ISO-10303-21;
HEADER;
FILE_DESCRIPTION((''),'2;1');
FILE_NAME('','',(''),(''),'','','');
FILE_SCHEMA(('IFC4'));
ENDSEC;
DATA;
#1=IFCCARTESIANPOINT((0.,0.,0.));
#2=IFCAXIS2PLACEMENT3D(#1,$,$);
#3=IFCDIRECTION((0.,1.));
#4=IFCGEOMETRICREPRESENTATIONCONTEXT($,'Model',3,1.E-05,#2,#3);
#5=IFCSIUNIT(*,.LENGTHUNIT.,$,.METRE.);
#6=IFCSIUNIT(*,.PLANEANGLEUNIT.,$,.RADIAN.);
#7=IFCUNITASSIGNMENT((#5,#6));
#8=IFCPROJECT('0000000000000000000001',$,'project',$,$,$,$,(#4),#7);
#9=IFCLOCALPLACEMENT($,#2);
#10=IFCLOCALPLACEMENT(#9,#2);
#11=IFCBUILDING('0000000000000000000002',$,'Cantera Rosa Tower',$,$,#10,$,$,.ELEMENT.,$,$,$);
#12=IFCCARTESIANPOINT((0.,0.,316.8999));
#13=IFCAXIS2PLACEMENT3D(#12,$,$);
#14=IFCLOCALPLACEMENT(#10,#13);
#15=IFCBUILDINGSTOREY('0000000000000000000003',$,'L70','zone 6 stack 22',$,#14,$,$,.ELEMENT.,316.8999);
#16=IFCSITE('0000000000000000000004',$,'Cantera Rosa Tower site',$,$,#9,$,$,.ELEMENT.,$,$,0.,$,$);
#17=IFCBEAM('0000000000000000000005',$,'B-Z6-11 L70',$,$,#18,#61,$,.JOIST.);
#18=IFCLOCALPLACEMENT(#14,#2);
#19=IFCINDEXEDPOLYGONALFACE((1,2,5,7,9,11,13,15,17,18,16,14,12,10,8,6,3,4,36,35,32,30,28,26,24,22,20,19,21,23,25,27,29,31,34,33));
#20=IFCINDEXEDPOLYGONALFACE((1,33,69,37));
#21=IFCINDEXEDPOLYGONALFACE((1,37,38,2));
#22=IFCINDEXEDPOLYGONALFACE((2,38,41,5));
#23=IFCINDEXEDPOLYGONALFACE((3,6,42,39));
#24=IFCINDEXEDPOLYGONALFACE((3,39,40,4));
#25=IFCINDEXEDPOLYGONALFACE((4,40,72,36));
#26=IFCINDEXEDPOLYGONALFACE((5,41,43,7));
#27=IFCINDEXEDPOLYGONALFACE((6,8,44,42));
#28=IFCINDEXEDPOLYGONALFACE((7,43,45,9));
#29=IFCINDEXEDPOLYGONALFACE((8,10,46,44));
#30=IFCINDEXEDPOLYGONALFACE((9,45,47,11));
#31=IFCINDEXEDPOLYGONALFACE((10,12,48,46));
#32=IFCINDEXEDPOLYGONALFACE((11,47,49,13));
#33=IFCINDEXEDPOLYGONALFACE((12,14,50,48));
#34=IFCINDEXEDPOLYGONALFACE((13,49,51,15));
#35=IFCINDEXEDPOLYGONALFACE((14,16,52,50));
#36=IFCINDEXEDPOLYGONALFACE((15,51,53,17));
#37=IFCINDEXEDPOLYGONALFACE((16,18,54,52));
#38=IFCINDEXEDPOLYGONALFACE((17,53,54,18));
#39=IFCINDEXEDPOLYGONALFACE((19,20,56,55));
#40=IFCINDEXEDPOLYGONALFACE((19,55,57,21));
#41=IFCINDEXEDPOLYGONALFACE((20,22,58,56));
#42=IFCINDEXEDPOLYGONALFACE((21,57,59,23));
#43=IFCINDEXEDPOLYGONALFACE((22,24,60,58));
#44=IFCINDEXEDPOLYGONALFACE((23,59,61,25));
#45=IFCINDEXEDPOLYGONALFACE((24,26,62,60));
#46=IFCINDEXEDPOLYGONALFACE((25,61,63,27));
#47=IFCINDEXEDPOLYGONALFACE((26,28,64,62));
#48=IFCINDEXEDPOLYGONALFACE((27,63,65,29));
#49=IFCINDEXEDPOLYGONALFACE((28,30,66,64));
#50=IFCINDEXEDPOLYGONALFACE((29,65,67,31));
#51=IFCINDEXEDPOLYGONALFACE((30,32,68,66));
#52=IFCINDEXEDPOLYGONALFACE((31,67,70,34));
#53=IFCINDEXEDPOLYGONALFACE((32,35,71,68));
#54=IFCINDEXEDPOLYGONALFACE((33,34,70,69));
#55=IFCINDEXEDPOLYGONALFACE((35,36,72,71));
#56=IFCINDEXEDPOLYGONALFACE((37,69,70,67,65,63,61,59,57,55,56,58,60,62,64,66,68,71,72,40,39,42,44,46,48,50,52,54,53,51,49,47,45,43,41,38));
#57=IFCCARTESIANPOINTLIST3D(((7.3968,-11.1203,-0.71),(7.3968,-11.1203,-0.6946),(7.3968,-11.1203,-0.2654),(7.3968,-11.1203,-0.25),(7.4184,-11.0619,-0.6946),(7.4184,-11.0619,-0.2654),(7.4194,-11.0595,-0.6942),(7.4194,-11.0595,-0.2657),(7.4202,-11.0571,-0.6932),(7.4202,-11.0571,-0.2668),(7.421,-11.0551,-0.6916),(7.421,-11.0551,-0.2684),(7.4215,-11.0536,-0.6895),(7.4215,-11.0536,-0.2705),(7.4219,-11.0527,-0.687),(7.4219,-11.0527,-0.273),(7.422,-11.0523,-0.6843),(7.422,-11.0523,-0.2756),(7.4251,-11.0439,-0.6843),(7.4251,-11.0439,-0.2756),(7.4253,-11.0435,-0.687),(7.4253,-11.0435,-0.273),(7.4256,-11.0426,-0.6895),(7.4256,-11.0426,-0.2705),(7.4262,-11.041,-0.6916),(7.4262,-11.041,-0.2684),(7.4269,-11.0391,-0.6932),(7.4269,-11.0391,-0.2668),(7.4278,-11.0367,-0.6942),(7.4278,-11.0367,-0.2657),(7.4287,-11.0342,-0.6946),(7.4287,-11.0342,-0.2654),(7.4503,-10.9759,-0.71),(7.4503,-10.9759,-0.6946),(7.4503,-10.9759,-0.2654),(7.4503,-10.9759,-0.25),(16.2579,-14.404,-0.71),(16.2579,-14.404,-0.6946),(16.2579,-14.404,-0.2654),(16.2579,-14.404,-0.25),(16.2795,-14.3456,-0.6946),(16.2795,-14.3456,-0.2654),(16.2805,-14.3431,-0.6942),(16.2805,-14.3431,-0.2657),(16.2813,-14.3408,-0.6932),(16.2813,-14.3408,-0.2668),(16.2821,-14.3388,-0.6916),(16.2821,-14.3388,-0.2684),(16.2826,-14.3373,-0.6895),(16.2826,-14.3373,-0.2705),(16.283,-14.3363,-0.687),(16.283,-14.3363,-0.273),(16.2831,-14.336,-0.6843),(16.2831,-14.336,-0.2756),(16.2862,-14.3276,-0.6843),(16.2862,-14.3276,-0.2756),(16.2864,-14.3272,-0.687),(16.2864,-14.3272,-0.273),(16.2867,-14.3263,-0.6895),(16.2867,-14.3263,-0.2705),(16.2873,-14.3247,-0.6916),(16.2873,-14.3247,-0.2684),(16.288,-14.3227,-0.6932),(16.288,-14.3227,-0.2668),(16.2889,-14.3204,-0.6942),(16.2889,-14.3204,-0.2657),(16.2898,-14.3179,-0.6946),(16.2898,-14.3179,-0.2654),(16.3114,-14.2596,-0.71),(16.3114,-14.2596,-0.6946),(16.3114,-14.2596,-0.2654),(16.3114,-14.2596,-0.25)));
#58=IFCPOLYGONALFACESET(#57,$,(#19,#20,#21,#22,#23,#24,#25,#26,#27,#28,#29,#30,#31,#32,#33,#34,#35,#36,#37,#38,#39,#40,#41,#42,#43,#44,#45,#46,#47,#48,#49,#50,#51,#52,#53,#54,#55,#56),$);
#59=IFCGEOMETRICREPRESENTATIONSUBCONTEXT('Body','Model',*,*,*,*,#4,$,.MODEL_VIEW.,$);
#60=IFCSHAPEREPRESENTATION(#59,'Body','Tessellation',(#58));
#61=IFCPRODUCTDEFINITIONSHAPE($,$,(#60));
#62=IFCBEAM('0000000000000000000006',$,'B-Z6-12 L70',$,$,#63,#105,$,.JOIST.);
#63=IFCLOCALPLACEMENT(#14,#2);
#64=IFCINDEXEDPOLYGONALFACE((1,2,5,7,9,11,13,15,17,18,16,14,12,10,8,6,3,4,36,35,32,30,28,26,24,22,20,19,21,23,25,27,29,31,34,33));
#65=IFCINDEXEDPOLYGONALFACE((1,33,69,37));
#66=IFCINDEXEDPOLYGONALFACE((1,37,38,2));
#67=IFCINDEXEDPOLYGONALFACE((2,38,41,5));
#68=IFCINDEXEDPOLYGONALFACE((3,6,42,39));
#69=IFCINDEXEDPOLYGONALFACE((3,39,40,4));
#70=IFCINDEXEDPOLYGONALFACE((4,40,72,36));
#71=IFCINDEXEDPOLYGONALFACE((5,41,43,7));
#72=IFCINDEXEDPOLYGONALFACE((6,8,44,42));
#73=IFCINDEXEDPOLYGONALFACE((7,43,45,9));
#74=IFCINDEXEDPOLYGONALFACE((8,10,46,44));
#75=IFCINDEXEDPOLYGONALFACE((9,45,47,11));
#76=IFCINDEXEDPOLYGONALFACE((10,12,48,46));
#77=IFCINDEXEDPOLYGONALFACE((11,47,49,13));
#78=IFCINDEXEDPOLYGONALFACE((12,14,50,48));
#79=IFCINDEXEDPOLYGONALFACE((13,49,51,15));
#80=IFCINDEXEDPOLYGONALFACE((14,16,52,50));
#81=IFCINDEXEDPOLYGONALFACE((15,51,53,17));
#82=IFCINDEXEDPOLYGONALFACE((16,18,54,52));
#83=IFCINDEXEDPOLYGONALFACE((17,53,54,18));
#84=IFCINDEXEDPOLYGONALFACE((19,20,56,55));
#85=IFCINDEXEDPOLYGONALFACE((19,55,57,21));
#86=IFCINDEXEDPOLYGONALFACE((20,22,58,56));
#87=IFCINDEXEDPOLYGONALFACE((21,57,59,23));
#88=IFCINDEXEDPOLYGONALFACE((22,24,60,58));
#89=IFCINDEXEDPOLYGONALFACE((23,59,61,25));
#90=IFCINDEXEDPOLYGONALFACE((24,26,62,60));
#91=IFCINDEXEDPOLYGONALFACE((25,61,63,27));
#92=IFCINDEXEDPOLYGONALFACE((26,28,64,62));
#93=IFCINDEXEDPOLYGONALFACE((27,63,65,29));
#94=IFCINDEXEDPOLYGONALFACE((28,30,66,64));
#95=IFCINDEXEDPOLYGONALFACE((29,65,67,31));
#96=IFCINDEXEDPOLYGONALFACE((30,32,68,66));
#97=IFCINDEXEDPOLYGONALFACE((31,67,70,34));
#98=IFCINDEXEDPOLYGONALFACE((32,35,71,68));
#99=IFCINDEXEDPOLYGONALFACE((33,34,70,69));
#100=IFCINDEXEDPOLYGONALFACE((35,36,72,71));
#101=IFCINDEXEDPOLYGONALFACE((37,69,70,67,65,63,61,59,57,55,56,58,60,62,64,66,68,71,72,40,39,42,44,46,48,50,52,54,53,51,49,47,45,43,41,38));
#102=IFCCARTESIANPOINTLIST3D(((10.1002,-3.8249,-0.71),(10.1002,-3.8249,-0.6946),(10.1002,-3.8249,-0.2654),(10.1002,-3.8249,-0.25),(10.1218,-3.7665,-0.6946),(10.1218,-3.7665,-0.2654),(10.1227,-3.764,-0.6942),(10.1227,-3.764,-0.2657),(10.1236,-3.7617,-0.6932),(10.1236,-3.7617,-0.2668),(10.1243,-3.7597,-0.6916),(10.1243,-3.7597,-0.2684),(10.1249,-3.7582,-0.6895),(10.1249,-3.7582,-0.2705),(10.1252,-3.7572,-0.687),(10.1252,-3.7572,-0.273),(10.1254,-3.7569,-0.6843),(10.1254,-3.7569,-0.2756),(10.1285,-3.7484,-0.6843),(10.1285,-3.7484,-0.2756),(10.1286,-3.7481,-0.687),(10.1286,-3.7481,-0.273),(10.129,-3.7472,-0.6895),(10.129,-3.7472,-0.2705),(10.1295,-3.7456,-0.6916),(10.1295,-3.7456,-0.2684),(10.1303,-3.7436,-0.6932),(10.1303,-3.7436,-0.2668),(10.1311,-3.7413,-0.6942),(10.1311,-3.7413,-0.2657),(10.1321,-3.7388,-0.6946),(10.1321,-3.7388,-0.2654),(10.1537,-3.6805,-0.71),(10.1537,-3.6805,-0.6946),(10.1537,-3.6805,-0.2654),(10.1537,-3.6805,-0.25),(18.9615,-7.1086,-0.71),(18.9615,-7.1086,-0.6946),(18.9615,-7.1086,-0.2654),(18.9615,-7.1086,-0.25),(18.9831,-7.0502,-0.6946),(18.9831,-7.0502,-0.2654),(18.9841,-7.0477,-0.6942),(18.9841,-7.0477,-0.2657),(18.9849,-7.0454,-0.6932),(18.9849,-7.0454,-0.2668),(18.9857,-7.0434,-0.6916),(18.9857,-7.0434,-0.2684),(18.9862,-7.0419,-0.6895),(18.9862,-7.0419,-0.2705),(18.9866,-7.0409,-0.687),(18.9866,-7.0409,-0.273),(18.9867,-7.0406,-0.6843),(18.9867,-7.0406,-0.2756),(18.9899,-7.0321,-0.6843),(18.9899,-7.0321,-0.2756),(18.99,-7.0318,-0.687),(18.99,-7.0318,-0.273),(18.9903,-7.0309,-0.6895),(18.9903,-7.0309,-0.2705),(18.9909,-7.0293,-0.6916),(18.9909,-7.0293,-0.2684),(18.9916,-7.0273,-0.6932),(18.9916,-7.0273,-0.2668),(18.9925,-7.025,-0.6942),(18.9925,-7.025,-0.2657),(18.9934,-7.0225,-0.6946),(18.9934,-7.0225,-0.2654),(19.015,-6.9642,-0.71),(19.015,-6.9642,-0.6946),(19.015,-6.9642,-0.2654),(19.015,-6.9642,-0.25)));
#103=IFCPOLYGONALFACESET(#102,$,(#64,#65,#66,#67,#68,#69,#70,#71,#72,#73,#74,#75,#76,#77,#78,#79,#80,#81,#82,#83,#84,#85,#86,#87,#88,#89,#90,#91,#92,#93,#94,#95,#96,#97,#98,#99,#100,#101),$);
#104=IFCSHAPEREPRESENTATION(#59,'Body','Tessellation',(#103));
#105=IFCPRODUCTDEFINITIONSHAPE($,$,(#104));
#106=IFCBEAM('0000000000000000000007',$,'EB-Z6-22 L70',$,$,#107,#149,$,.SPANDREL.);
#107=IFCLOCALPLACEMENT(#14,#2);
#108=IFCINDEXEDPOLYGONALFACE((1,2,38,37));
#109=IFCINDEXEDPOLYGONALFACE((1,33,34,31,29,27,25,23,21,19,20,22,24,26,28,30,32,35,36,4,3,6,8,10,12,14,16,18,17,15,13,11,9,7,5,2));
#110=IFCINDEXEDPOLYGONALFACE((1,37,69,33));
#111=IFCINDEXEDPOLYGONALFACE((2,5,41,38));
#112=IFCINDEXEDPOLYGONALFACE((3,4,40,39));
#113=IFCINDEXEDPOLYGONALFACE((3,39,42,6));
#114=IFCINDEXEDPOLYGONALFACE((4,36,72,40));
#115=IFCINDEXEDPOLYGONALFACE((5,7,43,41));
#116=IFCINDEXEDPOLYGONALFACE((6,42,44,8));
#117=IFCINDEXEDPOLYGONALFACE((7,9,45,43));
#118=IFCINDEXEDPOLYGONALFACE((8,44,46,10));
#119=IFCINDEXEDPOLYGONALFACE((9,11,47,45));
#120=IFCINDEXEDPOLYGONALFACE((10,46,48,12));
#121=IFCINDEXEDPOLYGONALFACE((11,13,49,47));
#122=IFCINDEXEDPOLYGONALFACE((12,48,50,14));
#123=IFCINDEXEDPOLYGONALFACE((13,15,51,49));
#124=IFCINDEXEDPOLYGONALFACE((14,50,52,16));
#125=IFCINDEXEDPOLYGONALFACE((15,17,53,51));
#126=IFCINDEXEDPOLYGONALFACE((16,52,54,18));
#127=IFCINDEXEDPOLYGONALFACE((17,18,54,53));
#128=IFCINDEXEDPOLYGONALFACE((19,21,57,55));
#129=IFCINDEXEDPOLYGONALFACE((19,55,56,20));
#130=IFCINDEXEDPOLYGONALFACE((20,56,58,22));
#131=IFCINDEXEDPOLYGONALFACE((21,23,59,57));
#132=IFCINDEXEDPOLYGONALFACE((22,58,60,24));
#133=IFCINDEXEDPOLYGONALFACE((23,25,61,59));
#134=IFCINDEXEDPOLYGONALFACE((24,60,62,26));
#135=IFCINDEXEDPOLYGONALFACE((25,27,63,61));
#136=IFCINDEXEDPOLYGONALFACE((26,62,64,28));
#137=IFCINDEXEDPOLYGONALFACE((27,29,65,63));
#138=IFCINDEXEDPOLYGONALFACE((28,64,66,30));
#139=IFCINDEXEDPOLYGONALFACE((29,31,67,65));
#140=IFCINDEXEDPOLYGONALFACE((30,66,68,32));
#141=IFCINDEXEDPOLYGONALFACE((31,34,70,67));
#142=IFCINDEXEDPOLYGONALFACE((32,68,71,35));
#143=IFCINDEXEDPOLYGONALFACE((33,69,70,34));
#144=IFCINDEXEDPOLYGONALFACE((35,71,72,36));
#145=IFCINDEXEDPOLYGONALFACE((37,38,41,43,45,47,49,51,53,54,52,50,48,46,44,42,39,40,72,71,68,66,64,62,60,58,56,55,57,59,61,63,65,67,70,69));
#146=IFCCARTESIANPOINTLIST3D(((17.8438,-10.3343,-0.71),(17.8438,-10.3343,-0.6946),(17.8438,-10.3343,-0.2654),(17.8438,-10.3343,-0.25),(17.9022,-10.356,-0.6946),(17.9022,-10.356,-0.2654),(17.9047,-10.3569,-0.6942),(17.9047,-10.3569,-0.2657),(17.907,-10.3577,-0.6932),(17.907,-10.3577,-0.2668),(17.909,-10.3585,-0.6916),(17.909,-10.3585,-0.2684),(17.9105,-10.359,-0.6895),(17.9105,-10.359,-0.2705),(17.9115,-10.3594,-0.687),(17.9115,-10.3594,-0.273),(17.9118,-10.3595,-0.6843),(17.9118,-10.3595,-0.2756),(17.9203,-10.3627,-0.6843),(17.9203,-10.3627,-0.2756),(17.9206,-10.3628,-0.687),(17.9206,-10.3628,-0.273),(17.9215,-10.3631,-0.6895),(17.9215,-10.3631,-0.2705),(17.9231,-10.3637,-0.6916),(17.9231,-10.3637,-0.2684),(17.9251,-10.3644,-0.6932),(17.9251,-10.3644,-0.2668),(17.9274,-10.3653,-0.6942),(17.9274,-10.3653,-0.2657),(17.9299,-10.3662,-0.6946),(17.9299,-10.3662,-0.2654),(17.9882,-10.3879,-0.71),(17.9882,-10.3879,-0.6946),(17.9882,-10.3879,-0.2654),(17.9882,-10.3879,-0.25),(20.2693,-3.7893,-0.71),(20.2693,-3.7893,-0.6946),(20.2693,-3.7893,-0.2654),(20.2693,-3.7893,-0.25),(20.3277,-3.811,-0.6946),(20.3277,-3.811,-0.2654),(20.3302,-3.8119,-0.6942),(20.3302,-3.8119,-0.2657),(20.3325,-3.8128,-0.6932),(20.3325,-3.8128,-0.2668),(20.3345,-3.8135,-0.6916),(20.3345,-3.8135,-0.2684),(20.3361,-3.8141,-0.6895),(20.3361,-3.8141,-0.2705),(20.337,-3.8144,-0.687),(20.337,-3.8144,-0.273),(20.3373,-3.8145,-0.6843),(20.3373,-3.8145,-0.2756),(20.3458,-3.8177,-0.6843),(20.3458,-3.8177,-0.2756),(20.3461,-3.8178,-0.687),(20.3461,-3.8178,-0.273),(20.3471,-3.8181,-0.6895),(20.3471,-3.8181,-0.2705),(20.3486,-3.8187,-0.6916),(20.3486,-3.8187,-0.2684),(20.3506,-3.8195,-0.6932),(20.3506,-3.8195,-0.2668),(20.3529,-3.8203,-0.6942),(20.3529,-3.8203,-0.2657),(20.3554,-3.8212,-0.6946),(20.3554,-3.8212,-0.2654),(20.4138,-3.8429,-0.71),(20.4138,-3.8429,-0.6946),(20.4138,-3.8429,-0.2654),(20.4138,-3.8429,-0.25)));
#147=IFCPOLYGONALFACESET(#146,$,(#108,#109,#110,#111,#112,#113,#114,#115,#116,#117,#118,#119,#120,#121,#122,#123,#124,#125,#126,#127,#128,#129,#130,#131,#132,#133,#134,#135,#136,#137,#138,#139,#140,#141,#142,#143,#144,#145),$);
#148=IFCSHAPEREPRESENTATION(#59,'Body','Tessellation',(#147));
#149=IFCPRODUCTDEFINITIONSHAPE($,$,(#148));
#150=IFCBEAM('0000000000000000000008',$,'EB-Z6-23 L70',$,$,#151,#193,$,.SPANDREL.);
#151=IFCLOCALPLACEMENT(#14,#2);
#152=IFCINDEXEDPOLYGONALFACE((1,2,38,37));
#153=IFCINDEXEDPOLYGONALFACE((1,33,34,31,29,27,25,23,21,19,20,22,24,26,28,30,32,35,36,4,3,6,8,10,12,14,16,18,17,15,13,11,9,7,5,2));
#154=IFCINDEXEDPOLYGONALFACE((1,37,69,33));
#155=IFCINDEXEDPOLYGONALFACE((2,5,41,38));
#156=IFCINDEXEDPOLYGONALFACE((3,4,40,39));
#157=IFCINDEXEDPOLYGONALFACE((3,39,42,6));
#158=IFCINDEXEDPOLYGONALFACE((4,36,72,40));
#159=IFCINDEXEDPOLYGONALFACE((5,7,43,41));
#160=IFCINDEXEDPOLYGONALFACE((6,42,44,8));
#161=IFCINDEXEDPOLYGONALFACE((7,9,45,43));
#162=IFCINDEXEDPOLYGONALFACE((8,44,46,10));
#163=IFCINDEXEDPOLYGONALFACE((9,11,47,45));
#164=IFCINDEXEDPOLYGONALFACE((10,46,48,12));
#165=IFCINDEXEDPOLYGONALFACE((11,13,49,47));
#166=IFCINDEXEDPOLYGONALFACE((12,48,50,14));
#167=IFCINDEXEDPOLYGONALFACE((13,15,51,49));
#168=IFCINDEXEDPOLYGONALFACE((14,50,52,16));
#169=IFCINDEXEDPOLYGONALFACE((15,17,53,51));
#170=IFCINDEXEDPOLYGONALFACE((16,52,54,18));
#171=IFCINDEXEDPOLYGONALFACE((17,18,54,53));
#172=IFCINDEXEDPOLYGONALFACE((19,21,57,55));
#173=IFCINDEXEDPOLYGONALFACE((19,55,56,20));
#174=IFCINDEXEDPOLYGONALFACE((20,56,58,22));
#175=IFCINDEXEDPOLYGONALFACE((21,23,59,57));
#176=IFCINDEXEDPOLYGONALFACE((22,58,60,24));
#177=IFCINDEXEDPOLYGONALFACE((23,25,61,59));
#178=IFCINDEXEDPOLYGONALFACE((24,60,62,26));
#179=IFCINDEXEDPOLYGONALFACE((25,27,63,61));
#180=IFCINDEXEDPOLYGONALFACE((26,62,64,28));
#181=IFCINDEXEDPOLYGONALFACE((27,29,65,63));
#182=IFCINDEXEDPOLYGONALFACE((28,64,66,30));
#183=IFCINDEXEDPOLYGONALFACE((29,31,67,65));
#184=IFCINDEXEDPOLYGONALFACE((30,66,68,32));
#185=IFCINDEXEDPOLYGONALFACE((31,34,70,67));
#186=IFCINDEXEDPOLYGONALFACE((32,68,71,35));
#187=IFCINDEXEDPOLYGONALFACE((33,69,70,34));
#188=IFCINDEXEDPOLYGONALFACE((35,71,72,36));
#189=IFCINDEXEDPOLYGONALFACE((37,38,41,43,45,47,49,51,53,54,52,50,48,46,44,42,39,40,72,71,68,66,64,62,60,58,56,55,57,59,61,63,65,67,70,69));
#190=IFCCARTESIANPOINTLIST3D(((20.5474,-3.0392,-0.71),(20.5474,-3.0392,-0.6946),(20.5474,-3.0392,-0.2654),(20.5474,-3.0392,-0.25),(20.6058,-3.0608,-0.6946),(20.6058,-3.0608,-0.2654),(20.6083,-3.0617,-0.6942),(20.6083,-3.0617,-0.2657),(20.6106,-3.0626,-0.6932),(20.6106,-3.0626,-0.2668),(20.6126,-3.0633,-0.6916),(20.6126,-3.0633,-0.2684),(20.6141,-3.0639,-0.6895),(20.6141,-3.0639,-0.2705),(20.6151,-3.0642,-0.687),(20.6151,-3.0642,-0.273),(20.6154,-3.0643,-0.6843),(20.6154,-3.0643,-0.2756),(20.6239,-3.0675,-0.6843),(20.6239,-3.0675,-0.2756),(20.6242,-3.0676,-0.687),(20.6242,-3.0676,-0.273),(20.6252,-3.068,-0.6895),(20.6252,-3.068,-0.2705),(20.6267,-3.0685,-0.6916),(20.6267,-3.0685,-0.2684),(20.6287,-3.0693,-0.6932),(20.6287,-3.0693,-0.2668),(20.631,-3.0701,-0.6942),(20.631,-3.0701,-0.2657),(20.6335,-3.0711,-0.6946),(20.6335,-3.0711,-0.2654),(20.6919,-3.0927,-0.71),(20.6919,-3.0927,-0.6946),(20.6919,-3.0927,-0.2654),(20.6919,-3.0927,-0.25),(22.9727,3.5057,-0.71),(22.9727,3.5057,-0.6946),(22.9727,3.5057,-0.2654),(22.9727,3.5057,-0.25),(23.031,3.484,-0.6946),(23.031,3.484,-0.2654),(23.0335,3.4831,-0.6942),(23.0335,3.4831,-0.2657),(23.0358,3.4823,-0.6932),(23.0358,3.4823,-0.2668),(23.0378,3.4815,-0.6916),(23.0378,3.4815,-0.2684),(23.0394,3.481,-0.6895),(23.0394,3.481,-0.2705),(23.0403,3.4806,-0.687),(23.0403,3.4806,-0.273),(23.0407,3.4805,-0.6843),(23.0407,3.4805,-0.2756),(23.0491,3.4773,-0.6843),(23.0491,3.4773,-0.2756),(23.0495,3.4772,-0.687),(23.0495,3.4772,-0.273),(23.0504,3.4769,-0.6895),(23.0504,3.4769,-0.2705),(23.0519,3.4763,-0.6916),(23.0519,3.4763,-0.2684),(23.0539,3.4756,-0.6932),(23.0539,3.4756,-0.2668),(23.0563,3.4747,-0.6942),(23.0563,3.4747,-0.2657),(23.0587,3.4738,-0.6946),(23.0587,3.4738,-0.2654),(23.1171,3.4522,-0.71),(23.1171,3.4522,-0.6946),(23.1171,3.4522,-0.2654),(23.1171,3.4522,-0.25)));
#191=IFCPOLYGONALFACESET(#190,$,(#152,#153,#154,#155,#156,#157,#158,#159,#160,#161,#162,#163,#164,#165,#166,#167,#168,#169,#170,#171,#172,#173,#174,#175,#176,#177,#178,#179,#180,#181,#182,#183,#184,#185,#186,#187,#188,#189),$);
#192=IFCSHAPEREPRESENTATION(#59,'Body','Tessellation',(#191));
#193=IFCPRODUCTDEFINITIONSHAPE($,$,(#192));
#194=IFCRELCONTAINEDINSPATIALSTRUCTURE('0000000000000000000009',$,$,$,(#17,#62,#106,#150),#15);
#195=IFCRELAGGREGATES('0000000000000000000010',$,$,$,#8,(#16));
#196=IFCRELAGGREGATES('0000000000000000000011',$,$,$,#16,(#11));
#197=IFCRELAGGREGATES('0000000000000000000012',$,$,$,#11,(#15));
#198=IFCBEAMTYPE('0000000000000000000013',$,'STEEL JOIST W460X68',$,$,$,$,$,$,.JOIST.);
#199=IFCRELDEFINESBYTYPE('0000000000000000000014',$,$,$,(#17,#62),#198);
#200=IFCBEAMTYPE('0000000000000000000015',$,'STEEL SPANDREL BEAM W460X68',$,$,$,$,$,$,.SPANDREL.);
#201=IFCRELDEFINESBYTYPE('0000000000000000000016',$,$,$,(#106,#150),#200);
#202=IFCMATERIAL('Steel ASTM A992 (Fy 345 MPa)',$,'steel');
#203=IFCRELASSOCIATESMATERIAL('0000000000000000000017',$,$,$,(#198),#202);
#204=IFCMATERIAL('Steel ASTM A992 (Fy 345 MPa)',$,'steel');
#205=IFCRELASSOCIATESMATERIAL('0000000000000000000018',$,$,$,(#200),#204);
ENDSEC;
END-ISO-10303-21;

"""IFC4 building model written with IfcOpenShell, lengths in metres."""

from ifc_helpers import new_model, si_unit, direction, frame, origin, origin_2d, place, context, subcontext, project, spatial, i_section, extrude, material, material_profile, profile_set, type_object, element, save


model = new_model("IFC4")

# Units and contexts
model_context = context("Model", 3, precision=1e-05, world=origin(), true_north=direction((0.0, 1.0)))
body_context = subcontext(model_context, "Body", "Model", "MODEL_VIEW")
ifc_project = project(units=[si_unit("LENGTHUNIT", "METRE"), si_unit("PLANEANGLEUNIT", "RADIAN")], contexts=[model_context])

# Site, building, storey
site_placement = place(None, origin())
site = spatial("IfcSite", under=ifc_project, at=site_placement, Name="Cantera Rosa Tower site", CompositionType="ELEMENT", RefElevation=0.0)
building_placement = place(site_placement, origin())
building = spatial("IfcBuilding", under=site, at=building_placement, Name="Cantera Rosa Tower", CompositionType="ELEMENT")
storey_placement = place(building_placement, frame((0.0, 0.0, 316.8999)))
storey = spatial("IfcBuildingStorey", under=building, at=storey_placement, Name="L70", Description="zone 6 stack 22", CompositionType="ELEMENT", Elevation=316.8999)

# Beams
ifc_material_1 = material(Name="Steel ASTM A992 (Fy 345 MPa)", Category="steel")
ifc_material_profile_1 = material_profile(ifc_material_1, i_section(OverallWidth=0.1541, OverallDepth=0.46, WebThickness=0.009, FlangeThickness=0.0154, FilletRadius=0.0103, at=origin_2d()), Name="W460X68")
ifc_profile_set_1 = profile_set([ifc_material_profile_1], Name="Steel ASTM A992 (Fy 345 MPa)")
beam_type_1 = type_object("IfcBeamType", Name="STEEL JOIST W460X68", PredefinedType="JOIST", material=ifc_profile_set_1)
beam_1_placement = place(storey_placement, frame((16.2847, -14.3318, -0.48), z_axis=(-0.937686, 0.347483, 0.0), x_axis=(-0.347483, -0.937686, 0.0)))
element("IfcBeam", 1, at=beam_1_placement, inside=storey, type_object=beam_type_1, Name="B-Z6-11 L70", PredefinedType="JOIST", context=body_context, shape_type="SweptSolid", body=[
    extrude(i_section(OverallWidth=0.1541, OverallDepth=0.46, WebThickness=0.009, FlangeThickness=0.0154, FilletRadius=0.0103, at=origin_2d()), origin(), (0.0, 0.0, 1.0), 9.45),
])
beam_2_placement = place(storey_placement, frame((18.9883, -7.0364, -0.48), z_axis=(-0.93769, 0.347474, 0.0), x_axis=(-0.347474, -0.93769, 0.0)))
element("IfcBeam", 2, at=beam_2_placement, inside=storey, type_object=beam_type_1, Name="B-Z6-12 L70", PredefinedType="JOIST", context=body_context, shape_type="SweptSolid", body=[
    extrude(i_section(OverallWidth=0.1541, OverallDepth=0.46, WebThickness=0.009, FlangeThickness=0.0154, FilletRadius=0.0103, at=origin_2d()), origin(), (0.0, 0.0, 1.0), 9.4502),
])
ifc_material_2 = material(Name="Steel ASTM A992 (Fy 345 MPa)", Category="steel")
ifc_material_profile_2 = material_profile(ifc_material_2, i_section(OverallWidth=0.1541, OverallDepth=0.46, WebThickness=0.009, FlangeThickness=0.0154, FilletRadius=0.0103, at=origin_2d()), Name="W460X68")
ifc_profile_set_2 = profile_set([ifc_material_profile_2], Name="Steel ASTM A992 (Fy 345 MPa)")
beam_type_2 = type_object("IfcBeamType", Name="STEEL SPANDREL BEAM W460X68", PredefinedType="SPANDREL", material=ifc_profile_set_2)
beam_3_placement = place(storey_placement, frame((17.916, -10.3611, -0.48), z_axis=(0.347502, 0.937679, 0.0), x_axis=(-0.937679, 0.347502, 0.0)))
element("IfcBeam", 3, at=beam_3_placement, inside=storey, type_object=beam_type_2, Name="EB-Z6-22 L70", PredefinedType="SPANDREL", context=body_context, shape_type="SweptSolid", body=[
    extrude(i_section(OverallWidth=0.1541, OverallDepth=0.46, WebThickness=0.009, FlangeThickness=0.0154, FilletRadius=0.0103, at=origin_2d()), origin(), (0.0, 0.0, 1.0), 6.98),
])
beam_4_placement = place(storey_placement, frame((20.6196, -3.0659, -0.48), z_axis=(0.347472, 0.937691, 0.0), x_axis=(-0.937691, 0.347472, 0.0)))
element("IfcBeam", 4, at=beam_4_placement, inside=storey, type_object=beam_type_2, Name="EB-Z6-23 L70", PredefinedType="SPANDREL", context=body_context, shape_type="SweptSolid", body=[
    extrude(i_section(OverallWidth=0.1541, OverallDepth=0.46, WebThickness=0.009, FlangeThickness=0.0154, FilletRadius=0.0103, at=origin_2d()), origin(), (0.0, 0.0, 1.0), 6.9797),
])

save(model, "model.ifc")
